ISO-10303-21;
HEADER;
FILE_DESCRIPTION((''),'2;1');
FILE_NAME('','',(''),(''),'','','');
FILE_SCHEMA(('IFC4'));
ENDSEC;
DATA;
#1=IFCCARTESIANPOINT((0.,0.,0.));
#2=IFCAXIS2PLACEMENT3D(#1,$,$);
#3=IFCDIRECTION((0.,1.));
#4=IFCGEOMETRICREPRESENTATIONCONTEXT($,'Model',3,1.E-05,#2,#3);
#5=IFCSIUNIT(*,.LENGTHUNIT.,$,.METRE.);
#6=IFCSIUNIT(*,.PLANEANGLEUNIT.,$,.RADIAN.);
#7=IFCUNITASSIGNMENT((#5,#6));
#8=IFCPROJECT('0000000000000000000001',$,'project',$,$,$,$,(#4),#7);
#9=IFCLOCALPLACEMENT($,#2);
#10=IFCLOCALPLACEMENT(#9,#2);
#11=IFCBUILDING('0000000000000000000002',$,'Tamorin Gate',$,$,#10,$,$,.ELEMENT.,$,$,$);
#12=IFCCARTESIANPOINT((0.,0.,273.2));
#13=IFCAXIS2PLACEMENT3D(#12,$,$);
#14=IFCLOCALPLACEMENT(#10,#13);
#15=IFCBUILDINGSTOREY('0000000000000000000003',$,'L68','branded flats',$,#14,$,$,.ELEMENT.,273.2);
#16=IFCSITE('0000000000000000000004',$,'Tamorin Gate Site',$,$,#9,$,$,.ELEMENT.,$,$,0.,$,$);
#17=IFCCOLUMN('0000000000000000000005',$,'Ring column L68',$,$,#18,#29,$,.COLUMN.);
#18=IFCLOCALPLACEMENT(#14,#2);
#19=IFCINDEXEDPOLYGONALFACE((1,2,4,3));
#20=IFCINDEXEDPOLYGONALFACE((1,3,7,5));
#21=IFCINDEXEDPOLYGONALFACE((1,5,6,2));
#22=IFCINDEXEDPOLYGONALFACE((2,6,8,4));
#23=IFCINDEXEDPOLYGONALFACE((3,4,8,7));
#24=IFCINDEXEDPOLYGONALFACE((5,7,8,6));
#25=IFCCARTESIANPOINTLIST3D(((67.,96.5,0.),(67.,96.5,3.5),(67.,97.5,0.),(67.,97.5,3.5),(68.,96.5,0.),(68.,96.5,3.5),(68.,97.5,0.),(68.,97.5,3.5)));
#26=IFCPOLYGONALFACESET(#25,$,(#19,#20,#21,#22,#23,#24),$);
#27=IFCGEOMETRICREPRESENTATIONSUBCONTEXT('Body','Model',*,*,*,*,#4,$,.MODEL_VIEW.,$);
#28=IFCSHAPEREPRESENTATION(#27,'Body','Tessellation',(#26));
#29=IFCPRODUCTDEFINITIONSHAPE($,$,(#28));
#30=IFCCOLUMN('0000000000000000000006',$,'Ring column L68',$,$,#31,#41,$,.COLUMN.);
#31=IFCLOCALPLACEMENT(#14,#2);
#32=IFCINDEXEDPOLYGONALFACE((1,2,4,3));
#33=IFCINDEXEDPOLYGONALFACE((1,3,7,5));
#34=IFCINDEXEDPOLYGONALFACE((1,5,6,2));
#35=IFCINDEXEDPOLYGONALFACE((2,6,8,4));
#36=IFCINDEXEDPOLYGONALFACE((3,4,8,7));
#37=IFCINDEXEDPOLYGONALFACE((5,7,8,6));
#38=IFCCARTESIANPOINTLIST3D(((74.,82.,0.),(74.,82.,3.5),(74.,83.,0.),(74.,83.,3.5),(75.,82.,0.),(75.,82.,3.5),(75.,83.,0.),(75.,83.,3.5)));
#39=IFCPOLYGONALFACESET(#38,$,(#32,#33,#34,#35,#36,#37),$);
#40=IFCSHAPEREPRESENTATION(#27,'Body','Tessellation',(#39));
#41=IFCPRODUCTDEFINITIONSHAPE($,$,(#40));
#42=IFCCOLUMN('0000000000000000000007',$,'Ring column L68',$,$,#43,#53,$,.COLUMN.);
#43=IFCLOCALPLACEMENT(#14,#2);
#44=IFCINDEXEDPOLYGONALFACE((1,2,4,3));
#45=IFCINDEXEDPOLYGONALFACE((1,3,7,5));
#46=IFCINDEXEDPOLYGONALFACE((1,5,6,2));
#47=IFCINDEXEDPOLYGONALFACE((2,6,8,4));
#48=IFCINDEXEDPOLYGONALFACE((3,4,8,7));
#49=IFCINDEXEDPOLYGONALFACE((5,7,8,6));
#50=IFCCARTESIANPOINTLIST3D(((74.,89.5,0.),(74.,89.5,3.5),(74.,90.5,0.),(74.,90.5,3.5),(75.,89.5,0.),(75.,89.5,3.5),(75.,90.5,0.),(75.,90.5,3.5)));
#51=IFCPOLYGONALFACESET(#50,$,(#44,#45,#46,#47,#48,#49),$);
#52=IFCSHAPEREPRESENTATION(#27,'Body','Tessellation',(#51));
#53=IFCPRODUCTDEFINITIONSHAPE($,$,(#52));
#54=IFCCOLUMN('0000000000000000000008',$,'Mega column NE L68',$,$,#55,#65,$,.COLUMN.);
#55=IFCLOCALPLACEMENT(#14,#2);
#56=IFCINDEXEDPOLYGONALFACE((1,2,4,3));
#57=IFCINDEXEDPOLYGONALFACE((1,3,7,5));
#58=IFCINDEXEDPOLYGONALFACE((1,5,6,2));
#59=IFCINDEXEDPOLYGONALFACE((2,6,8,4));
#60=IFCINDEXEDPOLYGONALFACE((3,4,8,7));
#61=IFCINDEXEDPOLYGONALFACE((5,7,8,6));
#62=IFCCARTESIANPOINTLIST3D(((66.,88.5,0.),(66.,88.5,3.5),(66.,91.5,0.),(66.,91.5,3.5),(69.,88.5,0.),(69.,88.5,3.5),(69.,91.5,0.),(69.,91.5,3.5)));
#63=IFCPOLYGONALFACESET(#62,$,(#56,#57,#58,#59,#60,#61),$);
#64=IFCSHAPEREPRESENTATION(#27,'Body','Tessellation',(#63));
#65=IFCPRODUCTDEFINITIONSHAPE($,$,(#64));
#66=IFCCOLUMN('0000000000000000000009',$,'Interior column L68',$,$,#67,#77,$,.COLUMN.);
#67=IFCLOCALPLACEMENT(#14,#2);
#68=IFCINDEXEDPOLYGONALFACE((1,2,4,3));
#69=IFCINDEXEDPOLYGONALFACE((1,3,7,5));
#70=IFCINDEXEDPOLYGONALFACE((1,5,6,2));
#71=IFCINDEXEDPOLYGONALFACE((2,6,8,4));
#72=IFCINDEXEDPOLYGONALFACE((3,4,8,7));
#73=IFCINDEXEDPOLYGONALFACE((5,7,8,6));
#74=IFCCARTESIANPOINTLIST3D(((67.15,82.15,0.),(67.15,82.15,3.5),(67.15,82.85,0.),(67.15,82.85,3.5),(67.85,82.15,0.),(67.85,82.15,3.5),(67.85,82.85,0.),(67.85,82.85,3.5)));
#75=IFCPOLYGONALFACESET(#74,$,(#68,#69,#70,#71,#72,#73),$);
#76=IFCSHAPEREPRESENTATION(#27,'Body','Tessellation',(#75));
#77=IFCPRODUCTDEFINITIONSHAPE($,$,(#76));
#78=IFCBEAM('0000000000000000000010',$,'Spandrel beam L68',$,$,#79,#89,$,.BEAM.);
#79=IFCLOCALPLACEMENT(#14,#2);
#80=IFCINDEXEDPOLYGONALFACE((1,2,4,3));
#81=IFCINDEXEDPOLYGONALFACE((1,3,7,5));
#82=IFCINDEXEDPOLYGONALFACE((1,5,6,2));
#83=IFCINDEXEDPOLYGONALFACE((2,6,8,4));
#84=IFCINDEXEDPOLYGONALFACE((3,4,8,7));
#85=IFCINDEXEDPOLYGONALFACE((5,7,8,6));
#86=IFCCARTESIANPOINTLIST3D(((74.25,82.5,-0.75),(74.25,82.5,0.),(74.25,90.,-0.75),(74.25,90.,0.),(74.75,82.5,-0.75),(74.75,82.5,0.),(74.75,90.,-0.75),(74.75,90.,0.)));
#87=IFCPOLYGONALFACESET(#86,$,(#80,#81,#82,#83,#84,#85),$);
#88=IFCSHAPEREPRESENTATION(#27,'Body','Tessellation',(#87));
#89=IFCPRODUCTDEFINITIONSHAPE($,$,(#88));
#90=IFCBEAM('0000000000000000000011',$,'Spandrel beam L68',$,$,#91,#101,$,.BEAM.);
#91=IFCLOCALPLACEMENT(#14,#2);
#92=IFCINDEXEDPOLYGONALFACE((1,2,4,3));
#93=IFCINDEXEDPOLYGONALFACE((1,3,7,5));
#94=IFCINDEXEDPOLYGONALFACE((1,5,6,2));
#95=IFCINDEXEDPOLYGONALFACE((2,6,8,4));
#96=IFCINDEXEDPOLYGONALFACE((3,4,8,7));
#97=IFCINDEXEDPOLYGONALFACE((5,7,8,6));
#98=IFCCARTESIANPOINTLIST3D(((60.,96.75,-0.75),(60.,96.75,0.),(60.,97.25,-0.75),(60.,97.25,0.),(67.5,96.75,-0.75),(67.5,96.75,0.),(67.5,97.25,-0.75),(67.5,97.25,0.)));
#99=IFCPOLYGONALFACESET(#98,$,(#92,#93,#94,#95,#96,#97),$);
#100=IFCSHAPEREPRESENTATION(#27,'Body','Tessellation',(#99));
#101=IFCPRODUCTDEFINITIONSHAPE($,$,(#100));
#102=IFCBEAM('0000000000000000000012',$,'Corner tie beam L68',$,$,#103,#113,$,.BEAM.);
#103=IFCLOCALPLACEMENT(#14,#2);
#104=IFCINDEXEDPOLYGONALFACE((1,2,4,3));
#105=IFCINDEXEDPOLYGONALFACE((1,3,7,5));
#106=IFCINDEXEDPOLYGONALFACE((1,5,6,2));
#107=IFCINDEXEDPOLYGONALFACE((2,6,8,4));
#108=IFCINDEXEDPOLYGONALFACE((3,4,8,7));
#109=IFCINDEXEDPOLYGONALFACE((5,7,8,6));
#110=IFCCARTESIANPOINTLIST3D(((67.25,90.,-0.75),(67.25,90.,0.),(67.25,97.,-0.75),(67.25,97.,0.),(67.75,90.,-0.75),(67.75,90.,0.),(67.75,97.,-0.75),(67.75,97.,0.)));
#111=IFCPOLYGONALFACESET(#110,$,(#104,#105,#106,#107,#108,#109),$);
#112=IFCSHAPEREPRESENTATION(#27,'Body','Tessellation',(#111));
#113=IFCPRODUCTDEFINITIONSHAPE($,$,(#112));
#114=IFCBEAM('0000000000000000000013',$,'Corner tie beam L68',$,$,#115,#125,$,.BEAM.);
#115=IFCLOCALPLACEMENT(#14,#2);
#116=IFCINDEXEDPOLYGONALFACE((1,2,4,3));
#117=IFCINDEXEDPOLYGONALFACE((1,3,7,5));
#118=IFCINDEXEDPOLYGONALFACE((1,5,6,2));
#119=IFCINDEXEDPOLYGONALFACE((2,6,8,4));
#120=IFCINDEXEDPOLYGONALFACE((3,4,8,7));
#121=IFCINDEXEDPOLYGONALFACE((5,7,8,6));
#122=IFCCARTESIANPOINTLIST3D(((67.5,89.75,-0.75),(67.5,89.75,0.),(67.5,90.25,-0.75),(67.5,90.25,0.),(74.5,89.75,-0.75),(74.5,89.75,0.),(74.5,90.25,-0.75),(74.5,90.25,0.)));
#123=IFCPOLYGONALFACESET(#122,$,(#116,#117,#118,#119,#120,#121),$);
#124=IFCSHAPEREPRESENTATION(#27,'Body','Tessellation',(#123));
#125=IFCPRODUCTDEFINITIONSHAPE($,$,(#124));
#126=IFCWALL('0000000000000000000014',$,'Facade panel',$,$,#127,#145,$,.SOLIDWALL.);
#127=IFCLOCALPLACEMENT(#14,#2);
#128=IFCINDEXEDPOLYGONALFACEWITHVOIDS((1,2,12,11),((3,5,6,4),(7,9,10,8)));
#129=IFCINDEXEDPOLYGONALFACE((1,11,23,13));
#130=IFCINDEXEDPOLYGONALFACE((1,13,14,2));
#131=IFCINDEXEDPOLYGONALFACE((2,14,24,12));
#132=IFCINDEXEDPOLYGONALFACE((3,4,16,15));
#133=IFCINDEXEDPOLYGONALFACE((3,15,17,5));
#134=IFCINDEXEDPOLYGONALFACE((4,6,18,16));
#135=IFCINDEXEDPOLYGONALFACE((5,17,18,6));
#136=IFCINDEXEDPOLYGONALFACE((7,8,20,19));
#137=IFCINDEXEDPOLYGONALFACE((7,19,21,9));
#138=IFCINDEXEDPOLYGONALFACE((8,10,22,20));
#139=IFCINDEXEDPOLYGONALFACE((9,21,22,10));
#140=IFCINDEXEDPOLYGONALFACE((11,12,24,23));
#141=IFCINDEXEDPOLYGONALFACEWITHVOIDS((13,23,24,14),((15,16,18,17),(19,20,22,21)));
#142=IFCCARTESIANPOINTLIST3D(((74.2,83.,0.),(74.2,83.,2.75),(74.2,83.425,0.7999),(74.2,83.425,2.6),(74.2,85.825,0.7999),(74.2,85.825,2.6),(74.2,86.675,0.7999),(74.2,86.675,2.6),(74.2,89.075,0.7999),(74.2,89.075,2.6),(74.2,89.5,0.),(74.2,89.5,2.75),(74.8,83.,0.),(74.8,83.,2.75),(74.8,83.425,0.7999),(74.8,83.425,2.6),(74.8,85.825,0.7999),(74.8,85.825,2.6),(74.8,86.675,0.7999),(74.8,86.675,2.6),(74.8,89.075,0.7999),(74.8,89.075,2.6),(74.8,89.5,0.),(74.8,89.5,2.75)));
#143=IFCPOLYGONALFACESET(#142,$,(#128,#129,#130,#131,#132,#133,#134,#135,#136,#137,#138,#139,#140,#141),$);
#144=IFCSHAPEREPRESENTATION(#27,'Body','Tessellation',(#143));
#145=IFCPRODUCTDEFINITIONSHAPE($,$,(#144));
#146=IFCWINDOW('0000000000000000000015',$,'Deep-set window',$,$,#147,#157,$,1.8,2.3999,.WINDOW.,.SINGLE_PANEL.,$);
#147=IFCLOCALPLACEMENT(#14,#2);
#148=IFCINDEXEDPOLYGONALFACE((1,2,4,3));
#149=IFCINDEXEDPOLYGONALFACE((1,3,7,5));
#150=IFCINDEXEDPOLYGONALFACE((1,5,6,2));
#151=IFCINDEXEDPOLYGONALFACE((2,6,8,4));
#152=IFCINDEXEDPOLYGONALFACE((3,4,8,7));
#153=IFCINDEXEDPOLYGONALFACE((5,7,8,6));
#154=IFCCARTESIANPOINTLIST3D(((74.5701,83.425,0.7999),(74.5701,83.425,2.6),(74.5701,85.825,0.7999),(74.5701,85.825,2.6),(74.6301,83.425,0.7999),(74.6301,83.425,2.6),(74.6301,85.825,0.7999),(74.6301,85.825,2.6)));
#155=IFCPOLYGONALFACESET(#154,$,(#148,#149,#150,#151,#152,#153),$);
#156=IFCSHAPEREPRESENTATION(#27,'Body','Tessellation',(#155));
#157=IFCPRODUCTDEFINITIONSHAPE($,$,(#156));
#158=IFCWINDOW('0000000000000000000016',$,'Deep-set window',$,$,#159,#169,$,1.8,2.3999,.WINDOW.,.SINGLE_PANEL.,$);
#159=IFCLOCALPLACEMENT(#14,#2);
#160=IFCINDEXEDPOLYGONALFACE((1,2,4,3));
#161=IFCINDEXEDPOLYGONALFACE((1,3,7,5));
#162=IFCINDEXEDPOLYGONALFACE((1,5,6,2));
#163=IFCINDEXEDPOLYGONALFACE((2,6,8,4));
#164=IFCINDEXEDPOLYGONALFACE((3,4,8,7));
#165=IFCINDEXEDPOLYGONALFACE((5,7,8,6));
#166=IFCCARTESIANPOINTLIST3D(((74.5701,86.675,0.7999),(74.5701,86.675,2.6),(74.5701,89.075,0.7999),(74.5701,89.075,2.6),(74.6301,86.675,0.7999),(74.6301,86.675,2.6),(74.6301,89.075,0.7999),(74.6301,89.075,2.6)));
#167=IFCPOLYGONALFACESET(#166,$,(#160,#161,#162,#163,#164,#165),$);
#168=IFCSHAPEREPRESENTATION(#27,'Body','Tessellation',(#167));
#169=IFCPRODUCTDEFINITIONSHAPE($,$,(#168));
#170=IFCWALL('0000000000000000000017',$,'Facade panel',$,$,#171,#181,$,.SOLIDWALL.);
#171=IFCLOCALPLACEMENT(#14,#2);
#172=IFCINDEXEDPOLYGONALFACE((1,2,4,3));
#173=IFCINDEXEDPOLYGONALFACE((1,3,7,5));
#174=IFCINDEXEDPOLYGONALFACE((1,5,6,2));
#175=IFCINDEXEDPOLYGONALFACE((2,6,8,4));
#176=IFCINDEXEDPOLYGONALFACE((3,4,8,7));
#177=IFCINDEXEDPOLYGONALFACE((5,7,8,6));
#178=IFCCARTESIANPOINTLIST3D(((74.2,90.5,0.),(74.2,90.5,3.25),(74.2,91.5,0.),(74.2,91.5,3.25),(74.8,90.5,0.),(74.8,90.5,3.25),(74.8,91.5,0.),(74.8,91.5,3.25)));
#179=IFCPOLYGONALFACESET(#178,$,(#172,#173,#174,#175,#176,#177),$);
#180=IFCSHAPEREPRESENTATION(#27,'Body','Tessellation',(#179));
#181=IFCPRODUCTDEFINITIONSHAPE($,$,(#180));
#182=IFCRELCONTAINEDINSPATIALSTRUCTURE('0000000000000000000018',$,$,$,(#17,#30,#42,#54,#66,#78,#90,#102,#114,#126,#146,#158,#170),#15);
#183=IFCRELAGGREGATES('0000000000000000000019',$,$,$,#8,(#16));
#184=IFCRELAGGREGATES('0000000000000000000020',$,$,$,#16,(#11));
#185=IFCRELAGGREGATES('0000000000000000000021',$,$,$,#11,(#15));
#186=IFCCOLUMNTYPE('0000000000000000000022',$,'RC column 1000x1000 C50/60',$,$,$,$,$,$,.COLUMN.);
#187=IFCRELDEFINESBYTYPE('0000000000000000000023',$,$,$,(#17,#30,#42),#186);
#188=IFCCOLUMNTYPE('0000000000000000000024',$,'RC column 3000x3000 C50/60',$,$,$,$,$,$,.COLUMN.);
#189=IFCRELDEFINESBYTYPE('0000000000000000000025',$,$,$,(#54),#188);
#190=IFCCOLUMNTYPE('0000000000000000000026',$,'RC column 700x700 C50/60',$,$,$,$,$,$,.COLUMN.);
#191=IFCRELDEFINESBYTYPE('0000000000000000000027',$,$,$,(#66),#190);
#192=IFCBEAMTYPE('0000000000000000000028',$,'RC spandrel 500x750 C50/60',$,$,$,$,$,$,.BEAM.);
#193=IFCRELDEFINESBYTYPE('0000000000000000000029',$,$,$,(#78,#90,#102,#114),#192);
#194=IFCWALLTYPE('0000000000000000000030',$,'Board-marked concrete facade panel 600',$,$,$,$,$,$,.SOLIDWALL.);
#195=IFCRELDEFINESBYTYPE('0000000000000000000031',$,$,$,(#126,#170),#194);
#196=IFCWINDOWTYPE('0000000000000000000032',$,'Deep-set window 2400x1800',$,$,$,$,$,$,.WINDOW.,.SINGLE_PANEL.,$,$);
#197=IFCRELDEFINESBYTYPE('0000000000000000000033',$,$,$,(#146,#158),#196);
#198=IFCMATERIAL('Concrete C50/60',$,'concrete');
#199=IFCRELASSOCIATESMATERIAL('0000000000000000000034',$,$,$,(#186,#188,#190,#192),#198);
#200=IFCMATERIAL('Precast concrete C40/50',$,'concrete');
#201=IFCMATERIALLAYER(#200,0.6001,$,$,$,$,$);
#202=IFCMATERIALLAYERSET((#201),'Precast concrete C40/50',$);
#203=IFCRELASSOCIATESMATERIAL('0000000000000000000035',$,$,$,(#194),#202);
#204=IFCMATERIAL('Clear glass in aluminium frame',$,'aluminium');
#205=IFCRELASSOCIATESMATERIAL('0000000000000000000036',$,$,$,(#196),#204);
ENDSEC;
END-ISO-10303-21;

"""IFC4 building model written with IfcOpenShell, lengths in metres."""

from ifc_helpers import new_model, si_unit, direction, frame, frame_2d, origin, origin_2d, place, context, subcontext, project, spatial, rectangle, extrude, material, layer, layer_set, material_profile, profile_set, type_object, element, fill, save


model = new_model("IFC4")

# Units and contexts
model_context = context("Model", 3, precision=1e-05, world=origin(), true_north=direction((0.0, 1.0)))
body_context = subcontext(model_context, "Body", "Model", "MODEL_VIEW")
ifc_project = project(units=[si_unit("LENGTHUNIT", "METRE"), si_unit("PLANEANGLEUNIT", "RADIAN")], contexts=[model_context])

# Site, building, storey
site_placement = place(None, origin())
site = spatial("IfcSite", under=ifc_project, at=site_placement, Name="Tamorin Gate Site", CompositionType="ELEMENT", RefElevation=0.0)
building_placement = place(site_placement, origin())
building = spatial("IfcBuilding", under=site, at=building_placement, Name="Tamorin Gate", CompositionType="ELEMENT")
storey_placement = place(building_placement, frame((0.0, 0.0, 273.2)))
storey = spatial("IfcBuildingStorey", under=building, at=storey_placement, Name="L68", Description="branded flats", CompositionType="ELEMENT", Elevation=273.2)

# Columns
ifc_material_1 = material(Name="Concrete C50/60", Category="concrete")
ifc_material_profile_1 = material_profile(ifc_material_1, rectangle(XDim=1.0, YDim=1.0, at=origin_2d()), Name="RC 1000x1000")
ifc_profile_set_1 = profile_set([ifc_material_profile_1], Name="Concrete C50/60")
column_type_1 = type_object("IfcColumnType", Name="RC column 1000x1000 C50/60", PredefinedType="COLUMN", material=ifc_profile_set_1)
for number, where, z_axis, x_axis, name in (
    (1, (67.5, 97.0, 0.0), (0.0, 0.0, 1.0), (1.0, 0.0, 0.0), "Ring column L68"),
    (2, (74.5, 82.5, 0.0), (0.0, 0.0, 1.0), (1.0, 0.0, 0.0), "Ring column L68"),
    (3, (74.5, 90.0, 0.0), (0.0, 0.0, 1.0), (1.0, 0.0, 0.0), "Ring column L68"),
):
    element("IfcColumn", number, at=place(storey_placement, frame(where, z_axis=z_axis, x_axis=x_axis)), inside=storey, type_object=column_type_1, Name=name, PredefinedType="COLUMN", context=body_context, shape_type="SweptSolid", body=[
        extrude(rectangle(XDim=1.0, YDim=1.0, at=origin_2d()), origin(), (0.0, 0.0, 1.0), 3.5),
    ])
ifc_material_profile_2 = material_profile(ifc_material_1, rectangle(XDim=3.0, YDim=3.0, at=origin_2d()), Name="RC 3000x3000")
ifc_profile_set_2 = profile_set([ifc_material_profile_2], Name="Concrete C50/60")
column_type_2 = type_object("IfcColumnType", Name="RC column 3000x3000 C50/60", PredefinedType="COLUMN", material=ifc_profile_set_2)
column_1_placement = place(storey_placement, frame((67.5, 90.0, 0.0), z_axis=(0.0, 0.0, 1.0), x_axis=(1.0, 0.0, 0.0)))
element("IfcColumn", 4, at=column_1_placement, inside=storey, type_object=column_type_2, Name="Mega column NE L68", PredefinedType="COLUMN", context=body_context, shape_type="SweptSolid", body=[
    extrude(rectangle(XDim=3.0, YDim=3.0, at=origin_2d()), origin(), (0.0, 0.0, 1.0), 3.5),
])
ifc_material_profile_3 = material_profile(ifc_material_1, rectangle(XDim=0.7, YDim=0.7, at=origin_2d()), Name="RC 700x700")
ifc_profile_set_3 = profile_set([ifc_material_profile_3], Name="Concrete C50/60")
column_type_3 = type_object("IfcColumnType", Name="RC column 700x700 C50/60", PredefinedType="COLUMN", material=ifc_profile_set_3)
column_2_placement = place(storey_placement, frame((67.5, 82.5, 0.0), z_axis=(0.0, 0.0, 1.0), x_axis=(1.0, 0.0, 0.0)))
element("IfcColumn", 5, at=column_2_placement, inside=storey, type_object=column_type_3, Name="Interior column L68", PredefinedType="COLUMN", context=body_context, shape_type="SweptSolid", body=[
    extrude(rectangle(XDim=0.7, YDim=0.7, at=origin_2d()), origin(), (0.0, 0.0, 1.0), 3.5),
])

# Beams
ifc_material_profile_4 = material_profile(ifc_material_1, rectangle(XDim=0.5, YDim=0.75, at=origin_2d()), Name="RC 500x750")
ifc_profile_set_4 = profile_set([ifc_material_profile_4], Name="Concrete C50/60")
beam_type = type_object("IfcBeamType", Name="RC spandrel 500x750 C50/60", PredefinedType="BEAM", material=ifc_profile_set_4)
for number, where, z_axis, x_axis, name in (
    (6, (74.5, 82.5, -0.375), (0.0, 1.0, 0.0), (-1.0, 0.0, 0.0), "Spandrel beam L68"),
    (7, (67.5, 97.0, -0.375), (-1.0, 0.0, 0.0), (0.0, -1.0, 0.0), "Spandrel beam L68"),
):
    element("IfcBeam", number, at=place(storey_placement, frame(where, z_axis=z_axis, x_axis=x_axis)), inside=storey, type_object=beam_type, Name=name, PredefinedType="BEAM", context=body_context, shape_type="SweptSolid", body=[
        extrude(rectangle(XDim=0.5, YDim=0.75, at=origin_2d()), origin(), (0.0, 0.0, 1.0), 7.5),
    ])
for number, where, z_axis, x_axis, name in (
    (8, (67.5, 90.0, -0.375), (0.0, 1.0, 0.0), (-1.0, 0.0, 0.0), "Corner tie beam L68"),
    (9, (67.5, 90.0, -0.375), (1.0, 0.0, 0.0), (0.0, 1.0, 0.0), "Corner tie beam L68"),
):
    element("IfcBeam", number, at=place(storey_placement, frame(where, z_axis=z_axis, x_axis=x_axis)), inside=storey, type_object=beam_type, Name=name, PredefinedType="BEAM", context=body_context, shape_type="SweptSolid", body=[
        extrude(rectangle(XDim=0.5, YDim=0.75, at=origin_2d()), origin(), (0.0, 0.0, 1.0), 7.0),
    ])

# Wall, openings, windows
ifc_material_2 = material(Name="Precast concrete C40/50", Category="concrete")
ifc_layer = layer(ifc_material_2, 0.6001)
ifc_layer_set = layer_set([ifc_layer], Name="Precast concrete C40/50")
wall_type = type_object("IfcWallType", Name="Board-marked concrete facade panel 600", PredefinedType="SOLIDWALL", material=ifc_layer_set)
wall_1_placement = place(storey_placement, frame((74.5, 83.0, 0.0), z_axis=(0.0, 0.0, 1.0), x_axis=(0.0, 1.0, 0.0)))
wall_1 = element("IfcWall", 10, at=wall_1_placement, inside=storey, type_object=wall_type, Name="Facade panel", PredefinedType="SOLIDWALL", context=body_context, shape_type="SweptSolid", body=[
    extrude(rectangle(XDim=6.5, YDim=0.6001, at=frame_2d((3.25, 0.0))), origin(), (0.0, 0.0, 1.0), 2.75),
])
opening_1_placement = place(wall_1_placement, frame((0.425, 0.0, 0.8)))
opening_1 = element("IfcOpeningElement", 11, at=opening_1_placement, cuts=wall_1, PredefinedType="OPENING", context=body_context, shape_type="SweptSolid", body=[
    extrude(rectangle(XDim=2.3999, YDim=1.8, at=frame_2d((1.2, 0.8999))), frame((0.0, 0.3101, 0.0), z_axis=(0.0, -1.0, 0.0), x_axis=(1.0, 0.0, 0.0)), (0.0, 0.0, 1.0), 0.6201),
])
opening_2_placement = place(wall_1_placement, frame((3.675, 0.0, 0.8)))
opening_2 = element("IfcOpeningElement", 12, at=opening_2_placement, cuts=wall_1, PredefinedType="OPENING", context=body_context, shape_type="SweptSolid", body=[
    extrude(rectangle(XDim=2.3999, YDim=1.8, at=frame_2d((1.2, 0.8999))), frame((0.0, 0.3101, 0.0), z_axis=(0.0, -1.0, 0.0), x_axis=(1.0, 0.0, 0.0)), (0.0, 0.0, 1.0), 0.6201),
])
ifc_material_3 = material(Name="Clear glass in aluminium frame", Category="aluminium")
window_type_1 = type_object("IfcWindowType", Name="Deep-set window 2400x1800", PartitioningType="SINGLE_PANEL", PredefinedType="WINDOW", material=ifc_material_3)
window_1_placement = place(opening_1_placement, origin())
window_1 = element("IfcWindow", 13, at=window_1_placement, inside=storey, type_object=window_type_1, Name="Deep-set window", OverallHeight=1.8, OverallWidth=2.3999, PartitioningType="SINGLE_PANEL", PredefinedType="WINDOW", context=body_context, shape_type="SweptSolid", body=[
    extrude(rectangle(XDim=2.3999, YDim=1.8, at=frame_2d((1.2, 0.8999))), frame((0.0, -0.0701, 0.0), z_axis=(0.0, -1.0, 0.0), x_axis=(1.0, 0.0, 0.0)), (0.0, 0.0, 1.0), 0.0601),
])
fill(opening_1, window_1)
window_2_placement = place(opening_2_placement, origin())
window_2 = element("IfcWindow", 14, at=window_2_placement, inside=storey, type_object=window_type_1, Name="Deep-set window", OverallHeight=1.8, OverallWidth=2.3999, PartitioningType="SINGLE_PANEL", PredefinedType="WINDOW", context=body_context, shape_type="SweptSolid", body=[
    extrude(rectangle(XDim=2.3999, YDim=1.8, at=frame_2d((1.2, 0.8999))), frame((0.0, -0.0701, 0.0), z_axis=(0.0, -1.0, 0.0), x_axis=(1.0, 0.0, 0.0)), (0.0, 0.0, 1.0), 0.0601),
])
fill(opening_2, window_2)

# Wall
wall_2_placement = place(storey_placement, frame((74.5, 90.5, 0.0), z_axis=(0.0, 0.0, 1.0), x_axis=(0.0, 1.0, 0.0)))
element("IfcWall", 15, at=wall_2_placement, inside=storey, type_object=wall_type, Name="Facade panel", PredefinedType="SOLIDWALL", context=body_context, shape_type="SweptSolid", body=[
    extrude(rectangle(XDim=1.0, YDim=0.6001, at=frame_2d((0.5, 0.0))), origin(), (0.0, 0.0, 1.0), 3.25),
])

save(model, "model.ifc")
